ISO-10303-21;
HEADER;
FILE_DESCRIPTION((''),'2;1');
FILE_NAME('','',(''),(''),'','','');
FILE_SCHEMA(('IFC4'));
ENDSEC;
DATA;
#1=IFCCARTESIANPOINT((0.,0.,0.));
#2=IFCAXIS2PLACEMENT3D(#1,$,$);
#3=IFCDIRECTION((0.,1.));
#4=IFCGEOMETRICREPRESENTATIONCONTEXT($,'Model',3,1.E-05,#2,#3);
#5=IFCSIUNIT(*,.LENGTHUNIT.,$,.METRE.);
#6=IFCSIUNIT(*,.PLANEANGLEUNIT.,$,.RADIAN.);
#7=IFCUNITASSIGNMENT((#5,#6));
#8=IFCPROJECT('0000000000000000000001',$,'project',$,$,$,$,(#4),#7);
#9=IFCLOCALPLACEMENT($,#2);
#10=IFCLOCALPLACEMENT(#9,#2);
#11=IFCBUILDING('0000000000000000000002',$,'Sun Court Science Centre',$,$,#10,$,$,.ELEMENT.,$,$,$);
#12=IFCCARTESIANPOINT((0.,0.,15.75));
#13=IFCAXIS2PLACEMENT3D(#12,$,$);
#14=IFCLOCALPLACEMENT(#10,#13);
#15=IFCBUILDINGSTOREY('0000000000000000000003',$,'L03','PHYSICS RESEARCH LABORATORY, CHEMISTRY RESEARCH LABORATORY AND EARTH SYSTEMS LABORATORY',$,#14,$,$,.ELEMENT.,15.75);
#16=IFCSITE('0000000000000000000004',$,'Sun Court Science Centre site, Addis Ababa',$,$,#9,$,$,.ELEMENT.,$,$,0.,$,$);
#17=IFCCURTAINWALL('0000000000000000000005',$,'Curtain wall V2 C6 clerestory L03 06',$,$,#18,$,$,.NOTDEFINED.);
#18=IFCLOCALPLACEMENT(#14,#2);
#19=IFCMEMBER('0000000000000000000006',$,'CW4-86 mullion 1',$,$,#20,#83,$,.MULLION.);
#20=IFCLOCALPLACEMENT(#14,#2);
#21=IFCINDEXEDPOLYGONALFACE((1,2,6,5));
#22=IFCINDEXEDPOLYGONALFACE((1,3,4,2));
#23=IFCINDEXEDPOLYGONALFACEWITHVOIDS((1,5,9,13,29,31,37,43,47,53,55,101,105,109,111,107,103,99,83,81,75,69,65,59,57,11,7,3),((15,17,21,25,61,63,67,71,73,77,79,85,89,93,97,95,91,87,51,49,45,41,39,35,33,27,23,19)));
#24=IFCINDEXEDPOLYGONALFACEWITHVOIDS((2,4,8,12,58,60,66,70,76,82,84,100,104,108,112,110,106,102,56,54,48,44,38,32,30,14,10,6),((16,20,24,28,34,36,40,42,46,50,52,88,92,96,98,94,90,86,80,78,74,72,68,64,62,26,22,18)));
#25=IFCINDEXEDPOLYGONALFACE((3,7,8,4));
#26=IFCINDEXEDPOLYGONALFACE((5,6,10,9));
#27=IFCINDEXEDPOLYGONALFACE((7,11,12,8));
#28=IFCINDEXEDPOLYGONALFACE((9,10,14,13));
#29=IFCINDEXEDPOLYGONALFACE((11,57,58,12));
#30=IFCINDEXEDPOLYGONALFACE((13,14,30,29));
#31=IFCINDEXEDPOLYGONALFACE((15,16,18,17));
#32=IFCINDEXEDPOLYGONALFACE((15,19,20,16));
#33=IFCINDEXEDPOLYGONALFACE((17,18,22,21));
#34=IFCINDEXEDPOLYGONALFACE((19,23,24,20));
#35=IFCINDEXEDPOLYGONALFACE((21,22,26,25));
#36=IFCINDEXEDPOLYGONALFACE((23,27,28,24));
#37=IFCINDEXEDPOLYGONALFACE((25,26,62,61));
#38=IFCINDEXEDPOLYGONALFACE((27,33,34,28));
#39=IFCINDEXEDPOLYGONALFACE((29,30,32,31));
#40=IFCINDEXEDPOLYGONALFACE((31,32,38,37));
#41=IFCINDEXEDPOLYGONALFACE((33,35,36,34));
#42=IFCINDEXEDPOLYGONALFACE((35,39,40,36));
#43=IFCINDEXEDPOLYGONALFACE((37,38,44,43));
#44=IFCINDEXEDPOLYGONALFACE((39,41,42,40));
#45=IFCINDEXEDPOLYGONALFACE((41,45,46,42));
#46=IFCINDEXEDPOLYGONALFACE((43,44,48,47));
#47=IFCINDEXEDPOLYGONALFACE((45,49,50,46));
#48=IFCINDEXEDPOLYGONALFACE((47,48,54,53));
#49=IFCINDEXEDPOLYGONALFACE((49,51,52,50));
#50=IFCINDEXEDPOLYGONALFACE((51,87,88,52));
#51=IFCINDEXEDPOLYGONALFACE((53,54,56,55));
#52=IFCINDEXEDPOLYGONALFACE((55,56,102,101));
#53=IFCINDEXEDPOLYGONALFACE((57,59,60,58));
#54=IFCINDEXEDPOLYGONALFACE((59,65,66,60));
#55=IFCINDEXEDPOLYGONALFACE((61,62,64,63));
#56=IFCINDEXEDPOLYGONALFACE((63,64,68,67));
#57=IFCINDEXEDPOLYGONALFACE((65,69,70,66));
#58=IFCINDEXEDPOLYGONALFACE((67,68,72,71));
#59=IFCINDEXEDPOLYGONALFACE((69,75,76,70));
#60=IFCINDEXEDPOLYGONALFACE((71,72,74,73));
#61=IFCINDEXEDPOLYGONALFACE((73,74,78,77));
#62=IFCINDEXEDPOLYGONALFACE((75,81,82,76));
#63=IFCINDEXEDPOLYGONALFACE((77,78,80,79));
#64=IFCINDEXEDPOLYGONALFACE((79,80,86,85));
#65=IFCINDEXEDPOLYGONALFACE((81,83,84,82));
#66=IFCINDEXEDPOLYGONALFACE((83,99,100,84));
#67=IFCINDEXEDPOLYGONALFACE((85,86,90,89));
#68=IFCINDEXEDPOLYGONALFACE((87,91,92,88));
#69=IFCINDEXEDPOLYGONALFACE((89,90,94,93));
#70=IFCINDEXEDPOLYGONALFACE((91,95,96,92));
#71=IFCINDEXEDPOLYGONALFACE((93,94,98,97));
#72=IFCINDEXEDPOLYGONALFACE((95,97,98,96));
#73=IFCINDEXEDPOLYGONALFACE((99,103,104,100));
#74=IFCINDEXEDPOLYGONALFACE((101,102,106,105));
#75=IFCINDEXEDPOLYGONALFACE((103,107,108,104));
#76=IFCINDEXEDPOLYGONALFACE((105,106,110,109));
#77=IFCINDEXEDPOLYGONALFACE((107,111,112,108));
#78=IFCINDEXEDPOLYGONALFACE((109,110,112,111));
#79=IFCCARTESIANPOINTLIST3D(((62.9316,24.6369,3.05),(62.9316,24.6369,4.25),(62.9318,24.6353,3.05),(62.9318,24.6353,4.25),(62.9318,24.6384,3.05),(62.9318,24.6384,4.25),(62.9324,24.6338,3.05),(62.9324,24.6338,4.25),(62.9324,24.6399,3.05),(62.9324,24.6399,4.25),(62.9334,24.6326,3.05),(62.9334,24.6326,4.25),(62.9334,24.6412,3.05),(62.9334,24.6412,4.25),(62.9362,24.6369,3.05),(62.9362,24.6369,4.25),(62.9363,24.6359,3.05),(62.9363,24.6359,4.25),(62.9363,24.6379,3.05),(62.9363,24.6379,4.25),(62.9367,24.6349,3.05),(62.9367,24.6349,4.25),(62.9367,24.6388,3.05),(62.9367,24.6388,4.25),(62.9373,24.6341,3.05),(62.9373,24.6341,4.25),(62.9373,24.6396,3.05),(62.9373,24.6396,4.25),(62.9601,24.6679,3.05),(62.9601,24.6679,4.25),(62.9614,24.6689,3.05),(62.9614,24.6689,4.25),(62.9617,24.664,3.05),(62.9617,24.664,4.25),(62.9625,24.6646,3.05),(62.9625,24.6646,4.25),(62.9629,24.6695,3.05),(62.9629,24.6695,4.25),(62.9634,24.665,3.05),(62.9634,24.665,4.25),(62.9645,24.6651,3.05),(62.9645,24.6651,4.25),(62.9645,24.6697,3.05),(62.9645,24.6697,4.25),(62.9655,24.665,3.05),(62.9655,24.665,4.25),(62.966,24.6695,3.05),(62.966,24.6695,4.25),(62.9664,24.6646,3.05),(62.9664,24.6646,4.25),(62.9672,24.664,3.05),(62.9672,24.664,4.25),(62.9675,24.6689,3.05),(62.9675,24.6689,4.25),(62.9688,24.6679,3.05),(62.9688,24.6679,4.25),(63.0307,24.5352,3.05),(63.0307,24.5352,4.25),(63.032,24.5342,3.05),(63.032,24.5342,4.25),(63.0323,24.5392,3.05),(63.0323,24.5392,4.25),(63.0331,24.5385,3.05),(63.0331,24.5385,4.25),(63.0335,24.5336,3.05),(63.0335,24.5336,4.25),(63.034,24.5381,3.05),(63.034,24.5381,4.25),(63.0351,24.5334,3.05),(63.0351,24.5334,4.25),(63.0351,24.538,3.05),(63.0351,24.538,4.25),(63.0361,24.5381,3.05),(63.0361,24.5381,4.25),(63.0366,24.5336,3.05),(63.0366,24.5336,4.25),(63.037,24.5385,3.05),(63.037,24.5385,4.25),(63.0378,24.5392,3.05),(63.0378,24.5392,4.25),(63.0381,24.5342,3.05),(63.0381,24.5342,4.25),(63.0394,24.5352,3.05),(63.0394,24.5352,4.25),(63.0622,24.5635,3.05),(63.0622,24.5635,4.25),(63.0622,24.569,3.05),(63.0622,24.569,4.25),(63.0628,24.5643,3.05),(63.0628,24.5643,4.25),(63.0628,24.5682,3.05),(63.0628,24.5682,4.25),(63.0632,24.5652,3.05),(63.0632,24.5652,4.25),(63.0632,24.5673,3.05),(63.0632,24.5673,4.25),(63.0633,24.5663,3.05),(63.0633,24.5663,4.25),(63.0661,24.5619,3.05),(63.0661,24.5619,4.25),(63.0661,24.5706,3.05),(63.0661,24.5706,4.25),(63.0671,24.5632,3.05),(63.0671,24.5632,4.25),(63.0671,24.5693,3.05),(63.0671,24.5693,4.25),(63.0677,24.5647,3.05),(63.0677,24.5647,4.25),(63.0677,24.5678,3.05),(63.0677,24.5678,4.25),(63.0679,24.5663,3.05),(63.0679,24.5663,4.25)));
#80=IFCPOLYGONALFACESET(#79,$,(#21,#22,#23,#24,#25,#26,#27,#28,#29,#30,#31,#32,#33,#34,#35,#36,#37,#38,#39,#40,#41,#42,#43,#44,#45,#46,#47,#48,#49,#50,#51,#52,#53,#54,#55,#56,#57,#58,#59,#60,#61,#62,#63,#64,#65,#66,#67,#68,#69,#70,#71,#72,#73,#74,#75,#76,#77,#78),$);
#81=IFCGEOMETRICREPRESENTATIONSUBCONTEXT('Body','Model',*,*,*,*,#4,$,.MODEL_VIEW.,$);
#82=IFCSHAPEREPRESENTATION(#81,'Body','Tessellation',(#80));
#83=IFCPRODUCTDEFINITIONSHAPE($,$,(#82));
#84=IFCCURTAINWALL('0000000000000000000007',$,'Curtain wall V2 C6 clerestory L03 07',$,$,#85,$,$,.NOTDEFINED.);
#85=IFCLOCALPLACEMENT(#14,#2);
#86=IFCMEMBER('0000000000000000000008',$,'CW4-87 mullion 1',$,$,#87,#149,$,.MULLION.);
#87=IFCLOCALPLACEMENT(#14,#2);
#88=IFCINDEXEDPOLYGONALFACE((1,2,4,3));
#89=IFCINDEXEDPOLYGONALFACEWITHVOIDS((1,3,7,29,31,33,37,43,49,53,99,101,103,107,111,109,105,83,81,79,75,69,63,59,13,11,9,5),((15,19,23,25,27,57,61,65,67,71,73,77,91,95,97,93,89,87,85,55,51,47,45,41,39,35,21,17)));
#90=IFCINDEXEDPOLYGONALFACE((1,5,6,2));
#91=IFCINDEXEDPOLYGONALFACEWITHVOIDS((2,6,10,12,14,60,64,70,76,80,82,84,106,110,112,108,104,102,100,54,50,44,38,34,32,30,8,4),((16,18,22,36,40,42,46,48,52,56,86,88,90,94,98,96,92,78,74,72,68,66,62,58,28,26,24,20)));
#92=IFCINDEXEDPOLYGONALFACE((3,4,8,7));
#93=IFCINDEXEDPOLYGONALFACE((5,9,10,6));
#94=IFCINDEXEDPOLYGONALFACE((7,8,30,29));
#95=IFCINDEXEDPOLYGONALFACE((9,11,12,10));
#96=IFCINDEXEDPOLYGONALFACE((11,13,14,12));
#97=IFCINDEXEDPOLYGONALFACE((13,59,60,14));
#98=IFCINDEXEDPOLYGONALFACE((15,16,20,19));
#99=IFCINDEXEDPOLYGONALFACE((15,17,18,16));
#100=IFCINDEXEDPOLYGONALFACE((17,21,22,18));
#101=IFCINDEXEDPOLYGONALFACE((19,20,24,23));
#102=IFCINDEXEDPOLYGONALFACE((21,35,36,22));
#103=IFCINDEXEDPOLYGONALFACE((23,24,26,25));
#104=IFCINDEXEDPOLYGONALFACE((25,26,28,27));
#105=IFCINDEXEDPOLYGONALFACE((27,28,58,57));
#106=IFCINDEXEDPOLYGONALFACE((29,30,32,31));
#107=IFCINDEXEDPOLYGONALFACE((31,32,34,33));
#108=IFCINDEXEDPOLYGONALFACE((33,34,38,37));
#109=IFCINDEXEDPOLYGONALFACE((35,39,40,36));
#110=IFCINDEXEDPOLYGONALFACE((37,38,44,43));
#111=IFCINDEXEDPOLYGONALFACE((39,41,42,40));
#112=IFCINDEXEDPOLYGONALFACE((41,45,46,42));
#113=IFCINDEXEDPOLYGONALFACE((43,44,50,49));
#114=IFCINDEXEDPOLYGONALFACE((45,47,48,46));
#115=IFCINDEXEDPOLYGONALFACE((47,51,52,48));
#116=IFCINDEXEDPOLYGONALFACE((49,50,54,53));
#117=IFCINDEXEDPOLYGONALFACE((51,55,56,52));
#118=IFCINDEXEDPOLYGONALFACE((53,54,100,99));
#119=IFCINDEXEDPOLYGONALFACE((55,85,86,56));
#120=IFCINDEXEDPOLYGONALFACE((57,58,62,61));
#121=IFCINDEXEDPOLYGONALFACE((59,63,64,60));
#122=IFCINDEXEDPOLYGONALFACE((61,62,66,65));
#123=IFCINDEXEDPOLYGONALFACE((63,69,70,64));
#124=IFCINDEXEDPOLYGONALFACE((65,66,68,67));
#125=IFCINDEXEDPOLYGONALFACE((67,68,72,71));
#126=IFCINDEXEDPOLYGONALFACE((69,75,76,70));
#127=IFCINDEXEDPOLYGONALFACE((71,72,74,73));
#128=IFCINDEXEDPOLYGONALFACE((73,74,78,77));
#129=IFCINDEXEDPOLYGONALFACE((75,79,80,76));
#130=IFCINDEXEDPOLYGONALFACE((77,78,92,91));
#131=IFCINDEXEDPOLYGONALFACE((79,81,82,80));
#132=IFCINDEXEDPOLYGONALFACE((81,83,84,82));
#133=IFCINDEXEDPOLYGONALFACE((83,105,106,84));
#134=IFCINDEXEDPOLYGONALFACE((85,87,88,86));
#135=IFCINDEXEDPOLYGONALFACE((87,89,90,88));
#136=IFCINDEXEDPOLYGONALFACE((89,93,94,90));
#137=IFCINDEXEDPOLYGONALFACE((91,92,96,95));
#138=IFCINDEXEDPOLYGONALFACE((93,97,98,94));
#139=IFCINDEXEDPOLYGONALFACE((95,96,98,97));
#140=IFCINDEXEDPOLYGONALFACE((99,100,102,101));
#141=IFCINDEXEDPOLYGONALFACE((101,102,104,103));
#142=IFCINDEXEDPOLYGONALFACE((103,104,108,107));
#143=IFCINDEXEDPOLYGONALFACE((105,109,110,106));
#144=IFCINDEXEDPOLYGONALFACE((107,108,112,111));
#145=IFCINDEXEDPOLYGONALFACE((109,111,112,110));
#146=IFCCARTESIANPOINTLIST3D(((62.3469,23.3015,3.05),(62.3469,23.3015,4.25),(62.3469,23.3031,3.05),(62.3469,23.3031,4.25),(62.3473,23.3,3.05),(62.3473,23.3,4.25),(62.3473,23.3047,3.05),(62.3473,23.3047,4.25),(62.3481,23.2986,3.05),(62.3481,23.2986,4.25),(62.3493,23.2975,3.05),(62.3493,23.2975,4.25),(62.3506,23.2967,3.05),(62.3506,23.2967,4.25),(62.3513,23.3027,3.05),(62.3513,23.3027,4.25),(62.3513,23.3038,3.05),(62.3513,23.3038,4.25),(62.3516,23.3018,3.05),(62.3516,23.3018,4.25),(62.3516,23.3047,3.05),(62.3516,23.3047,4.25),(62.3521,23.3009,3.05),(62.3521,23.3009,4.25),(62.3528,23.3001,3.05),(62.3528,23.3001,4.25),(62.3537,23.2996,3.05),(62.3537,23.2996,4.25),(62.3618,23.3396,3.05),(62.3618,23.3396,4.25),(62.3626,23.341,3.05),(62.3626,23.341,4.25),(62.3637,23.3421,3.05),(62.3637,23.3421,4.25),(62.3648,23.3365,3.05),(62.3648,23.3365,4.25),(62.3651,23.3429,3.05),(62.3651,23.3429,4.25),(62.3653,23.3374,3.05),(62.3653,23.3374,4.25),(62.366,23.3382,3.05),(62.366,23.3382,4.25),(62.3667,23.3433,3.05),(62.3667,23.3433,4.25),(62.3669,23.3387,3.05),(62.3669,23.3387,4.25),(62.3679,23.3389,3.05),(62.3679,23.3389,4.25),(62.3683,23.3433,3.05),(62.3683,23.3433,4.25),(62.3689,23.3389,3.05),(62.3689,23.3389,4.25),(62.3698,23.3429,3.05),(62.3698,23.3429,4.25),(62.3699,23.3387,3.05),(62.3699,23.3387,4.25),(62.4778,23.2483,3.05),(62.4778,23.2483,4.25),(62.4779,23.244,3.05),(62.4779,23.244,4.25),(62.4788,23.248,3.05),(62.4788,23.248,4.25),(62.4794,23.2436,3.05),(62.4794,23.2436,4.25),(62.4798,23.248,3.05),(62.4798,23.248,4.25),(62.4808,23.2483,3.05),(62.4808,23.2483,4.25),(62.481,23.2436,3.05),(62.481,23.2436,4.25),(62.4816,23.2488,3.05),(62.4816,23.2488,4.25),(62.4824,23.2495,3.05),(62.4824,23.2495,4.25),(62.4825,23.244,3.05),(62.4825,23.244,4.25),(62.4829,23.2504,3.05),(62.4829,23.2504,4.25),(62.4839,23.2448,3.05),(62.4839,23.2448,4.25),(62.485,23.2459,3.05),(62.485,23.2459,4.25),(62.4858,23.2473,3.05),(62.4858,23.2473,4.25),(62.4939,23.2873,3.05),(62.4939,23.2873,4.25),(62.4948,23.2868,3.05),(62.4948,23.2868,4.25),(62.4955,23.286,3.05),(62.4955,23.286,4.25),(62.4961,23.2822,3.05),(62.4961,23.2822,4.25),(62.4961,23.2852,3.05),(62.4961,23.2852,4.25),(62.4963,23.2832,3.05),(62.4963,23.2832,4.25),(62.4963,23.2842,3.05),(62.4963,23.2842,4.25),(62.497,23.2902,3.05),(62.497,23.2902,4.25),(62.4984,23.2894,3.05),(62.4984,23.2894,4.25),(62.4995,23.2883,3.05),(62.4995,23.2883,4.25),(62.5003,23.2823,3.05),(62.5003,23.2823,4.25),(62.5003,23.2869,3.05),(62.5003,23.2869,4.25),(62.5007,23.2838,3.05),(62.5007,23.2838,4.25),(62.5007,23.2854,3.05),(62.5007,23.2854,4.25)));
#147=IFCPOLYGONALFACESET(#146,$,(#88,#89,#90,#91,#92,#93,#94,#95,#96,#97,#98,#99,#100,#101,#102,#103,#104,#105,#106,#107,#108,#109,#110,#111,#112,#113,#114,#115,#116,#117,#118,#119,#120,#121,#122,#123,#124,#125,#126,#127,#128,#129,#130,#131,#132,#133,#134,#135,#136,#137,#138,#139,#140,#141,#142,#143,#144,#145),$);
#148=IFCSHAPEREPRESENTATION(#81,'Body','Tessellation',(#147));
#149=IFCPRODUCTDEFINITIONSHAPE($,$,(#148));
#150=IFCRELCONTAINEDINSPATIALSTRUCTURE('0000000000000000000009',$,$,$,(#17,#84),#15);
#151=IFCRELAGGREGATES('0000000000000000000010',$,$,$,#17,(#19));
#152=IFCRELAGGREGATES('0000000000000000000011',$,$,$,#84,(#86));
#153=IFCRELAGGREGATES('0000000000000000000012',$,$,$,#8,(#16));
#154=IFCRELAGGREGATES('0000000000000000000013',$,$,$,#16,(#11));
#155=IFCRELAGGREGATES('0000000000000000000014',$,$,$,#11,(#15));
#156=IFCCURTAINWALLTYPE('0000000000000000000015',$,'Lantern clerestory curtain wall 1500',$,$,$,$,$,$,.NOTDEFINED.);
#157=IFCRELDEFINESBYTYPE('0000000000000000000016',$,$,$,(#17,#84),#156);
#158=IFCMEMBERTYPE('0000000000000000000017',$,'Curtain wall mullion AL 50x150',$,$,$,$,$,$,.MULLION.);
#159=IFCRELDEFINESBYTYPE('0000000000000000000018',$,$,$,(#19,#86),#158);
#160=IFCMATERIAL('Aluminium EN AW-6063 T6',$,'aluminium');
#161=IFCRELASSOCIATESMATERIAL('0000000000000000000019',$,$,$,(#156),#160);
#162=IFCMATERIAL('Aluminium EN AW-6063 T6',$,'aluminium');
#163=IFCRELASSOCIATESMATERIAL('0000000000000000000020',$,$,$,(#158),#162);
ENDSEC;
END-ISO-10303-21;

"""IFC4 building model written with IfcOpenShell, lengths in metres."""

from ifc_helpers import new_model, si_unit, direction, frame, origin, origin_2d, place, context, subcontext, project, spatial, hollow_rectangle, extrude, material, material_profile, profile_set, type_object, element, aggregate, save


model = new_model("IFC4")

# Units and contexts
model_context = context("Model", 3, precision=1e-05, world=origin(), true_north=direction((0.0, 1.0)))
body_context = subcontext(model_context, "Body", "Model", "MODEL_VIEW")
ifc_project = project(units=[si_unit("LENGTHUNIT", "METRE"), si_unit("PLANEANGLEUNIT", "RADIAN")], contexts=[model_context])

# Site, building, storey
site_placement = place(None, origin())
site = spatial("IfcSite", under=ifc_project, at=site_placement, Name="Sun Court Science Centre site, Addis Ababa", CompositionType="ELEMENT", RefElevation=0.0)
building_placement = place(site_placement, origin())
building = spatial("IfcBuilding", under=site, at=building_placement, Name="Sun Court Science Centre", CompositionType="ELEMENT")
storey_placement = place(building_placement, frame((0.0, 0.0, 15.75)))
storey = spatial("IfcBuildingStorey", under=building, at=storey_placement, Name="L03", Description="PHYSICS RESEARCH LABORATORY, CHEMISTRY RESEARCH LABORATORY AND EARTH SYSTEMS LABORATORY", CompositionType="ELEMENT", Elevation=15.75)

# Curtain wall, member
ifc_material_1 = material(Name="Aluminium EN AW-6063 T6", Category="aluminium")
curtain_wall_type = type_object("IfcCurtainWallType", Name="Lantern clerestory curtain wall 1500", PredefinedType="NOTDEFINED", material=ifc_material_1)
curtain_wall_1_placement = place(storey_placement, origin())
curtain_wall_1 = element("IfcCurtainWall", 1, at=curtain_wall_1_placement, inside=storey, type_object=curtain_wall_type, Name="Curtain wall V2 C6 clerestory L03 06", PredefinedType="NOTDEFINED")
ifc_material_2 = material(Name="Aluminium EN AW-6063 T6", Category="aluminium")
ifc_material_profile_1 = material_profile(ifc_material_2, hollow_rectangle(XDim=0.05, YDim=0.1499, WallThickness=0.0039, InnerFilletRadius=0.0039, OuterFilletRadius=0.0061, at=origin_2d()), Name="AL 50x150x4")
ifc_profile_set_1 = profile_set([ifc_material_profile_1], Name="Aluminium EN AW-6063 T6")
member_type_1 = type_object("IfcMemberType", Name="Curtain wall mullion AL 50x150", PredefinedType="MULLION", material=ifc_profile_set_1)
member_1_placement = place(storey_placement, frame((62.9998, 24.6016, 3.05), z_axis=(0.0, 0.0, 1.0), x_axis=(0.707107, 0.707107, 0.0)))
member_1 = element("IfcMember", 2, at=member_1_placement, type_object=member_type_1, Name="CW4-86 mullion 1", PredefinedType="MULLION", context=body_context, shape_type="SweptSolid", body=[
    extrude(hollow_rectangle(XDim=0.05, YDim=0.1499, WallThickness=0.0039, InnerFilletRadius=0.0039, OuterFilletRadius=0.0061, at=origin_2d()), origin(), (0.0, 0.0, 1.0), 1.2),
])

# Curtain wall, member
curtain_wall_2_placement = place(storey_placement, origin())
curtain_wall_2 = element("IfcCurtainWall", 3, at=curtain_wall_2_placement, inside=storey, type_object=curtain_wall_type, Name="Curtain wall V2 C6 clerestory L03 07", PredefinedType="NOTDEFINED")
member_2_placement = place(storey_placement, frame((62.4238, 23.2935, 3.05), z_axis=(0.0, 0.0, 1.0), x_axis=(0.382683, 0.92388, 0.0)))
member_2 = element("IfcMember", 4, at=member_2_placement, type_object=member_type_1, Name="CW4-87 mullion 1", PredefinedType="MULLION", context=body_context, shape_type="SweptSolid", body=[
    extrude(hollow_rectangle(XDim=0.05, YDim=0.1499, WallThickness=0.0039, InnerFilletRadius=0.0039, OuterFilletRadius=0.0061, at=origin_2d()), origin(), (0.0, 0.0, 1.0), 1.2),
])

aggregate(curtain_wall_1, [member_1])

aggregate(curtain_wall_2, [member_2])

save(model, "model.ifc")
